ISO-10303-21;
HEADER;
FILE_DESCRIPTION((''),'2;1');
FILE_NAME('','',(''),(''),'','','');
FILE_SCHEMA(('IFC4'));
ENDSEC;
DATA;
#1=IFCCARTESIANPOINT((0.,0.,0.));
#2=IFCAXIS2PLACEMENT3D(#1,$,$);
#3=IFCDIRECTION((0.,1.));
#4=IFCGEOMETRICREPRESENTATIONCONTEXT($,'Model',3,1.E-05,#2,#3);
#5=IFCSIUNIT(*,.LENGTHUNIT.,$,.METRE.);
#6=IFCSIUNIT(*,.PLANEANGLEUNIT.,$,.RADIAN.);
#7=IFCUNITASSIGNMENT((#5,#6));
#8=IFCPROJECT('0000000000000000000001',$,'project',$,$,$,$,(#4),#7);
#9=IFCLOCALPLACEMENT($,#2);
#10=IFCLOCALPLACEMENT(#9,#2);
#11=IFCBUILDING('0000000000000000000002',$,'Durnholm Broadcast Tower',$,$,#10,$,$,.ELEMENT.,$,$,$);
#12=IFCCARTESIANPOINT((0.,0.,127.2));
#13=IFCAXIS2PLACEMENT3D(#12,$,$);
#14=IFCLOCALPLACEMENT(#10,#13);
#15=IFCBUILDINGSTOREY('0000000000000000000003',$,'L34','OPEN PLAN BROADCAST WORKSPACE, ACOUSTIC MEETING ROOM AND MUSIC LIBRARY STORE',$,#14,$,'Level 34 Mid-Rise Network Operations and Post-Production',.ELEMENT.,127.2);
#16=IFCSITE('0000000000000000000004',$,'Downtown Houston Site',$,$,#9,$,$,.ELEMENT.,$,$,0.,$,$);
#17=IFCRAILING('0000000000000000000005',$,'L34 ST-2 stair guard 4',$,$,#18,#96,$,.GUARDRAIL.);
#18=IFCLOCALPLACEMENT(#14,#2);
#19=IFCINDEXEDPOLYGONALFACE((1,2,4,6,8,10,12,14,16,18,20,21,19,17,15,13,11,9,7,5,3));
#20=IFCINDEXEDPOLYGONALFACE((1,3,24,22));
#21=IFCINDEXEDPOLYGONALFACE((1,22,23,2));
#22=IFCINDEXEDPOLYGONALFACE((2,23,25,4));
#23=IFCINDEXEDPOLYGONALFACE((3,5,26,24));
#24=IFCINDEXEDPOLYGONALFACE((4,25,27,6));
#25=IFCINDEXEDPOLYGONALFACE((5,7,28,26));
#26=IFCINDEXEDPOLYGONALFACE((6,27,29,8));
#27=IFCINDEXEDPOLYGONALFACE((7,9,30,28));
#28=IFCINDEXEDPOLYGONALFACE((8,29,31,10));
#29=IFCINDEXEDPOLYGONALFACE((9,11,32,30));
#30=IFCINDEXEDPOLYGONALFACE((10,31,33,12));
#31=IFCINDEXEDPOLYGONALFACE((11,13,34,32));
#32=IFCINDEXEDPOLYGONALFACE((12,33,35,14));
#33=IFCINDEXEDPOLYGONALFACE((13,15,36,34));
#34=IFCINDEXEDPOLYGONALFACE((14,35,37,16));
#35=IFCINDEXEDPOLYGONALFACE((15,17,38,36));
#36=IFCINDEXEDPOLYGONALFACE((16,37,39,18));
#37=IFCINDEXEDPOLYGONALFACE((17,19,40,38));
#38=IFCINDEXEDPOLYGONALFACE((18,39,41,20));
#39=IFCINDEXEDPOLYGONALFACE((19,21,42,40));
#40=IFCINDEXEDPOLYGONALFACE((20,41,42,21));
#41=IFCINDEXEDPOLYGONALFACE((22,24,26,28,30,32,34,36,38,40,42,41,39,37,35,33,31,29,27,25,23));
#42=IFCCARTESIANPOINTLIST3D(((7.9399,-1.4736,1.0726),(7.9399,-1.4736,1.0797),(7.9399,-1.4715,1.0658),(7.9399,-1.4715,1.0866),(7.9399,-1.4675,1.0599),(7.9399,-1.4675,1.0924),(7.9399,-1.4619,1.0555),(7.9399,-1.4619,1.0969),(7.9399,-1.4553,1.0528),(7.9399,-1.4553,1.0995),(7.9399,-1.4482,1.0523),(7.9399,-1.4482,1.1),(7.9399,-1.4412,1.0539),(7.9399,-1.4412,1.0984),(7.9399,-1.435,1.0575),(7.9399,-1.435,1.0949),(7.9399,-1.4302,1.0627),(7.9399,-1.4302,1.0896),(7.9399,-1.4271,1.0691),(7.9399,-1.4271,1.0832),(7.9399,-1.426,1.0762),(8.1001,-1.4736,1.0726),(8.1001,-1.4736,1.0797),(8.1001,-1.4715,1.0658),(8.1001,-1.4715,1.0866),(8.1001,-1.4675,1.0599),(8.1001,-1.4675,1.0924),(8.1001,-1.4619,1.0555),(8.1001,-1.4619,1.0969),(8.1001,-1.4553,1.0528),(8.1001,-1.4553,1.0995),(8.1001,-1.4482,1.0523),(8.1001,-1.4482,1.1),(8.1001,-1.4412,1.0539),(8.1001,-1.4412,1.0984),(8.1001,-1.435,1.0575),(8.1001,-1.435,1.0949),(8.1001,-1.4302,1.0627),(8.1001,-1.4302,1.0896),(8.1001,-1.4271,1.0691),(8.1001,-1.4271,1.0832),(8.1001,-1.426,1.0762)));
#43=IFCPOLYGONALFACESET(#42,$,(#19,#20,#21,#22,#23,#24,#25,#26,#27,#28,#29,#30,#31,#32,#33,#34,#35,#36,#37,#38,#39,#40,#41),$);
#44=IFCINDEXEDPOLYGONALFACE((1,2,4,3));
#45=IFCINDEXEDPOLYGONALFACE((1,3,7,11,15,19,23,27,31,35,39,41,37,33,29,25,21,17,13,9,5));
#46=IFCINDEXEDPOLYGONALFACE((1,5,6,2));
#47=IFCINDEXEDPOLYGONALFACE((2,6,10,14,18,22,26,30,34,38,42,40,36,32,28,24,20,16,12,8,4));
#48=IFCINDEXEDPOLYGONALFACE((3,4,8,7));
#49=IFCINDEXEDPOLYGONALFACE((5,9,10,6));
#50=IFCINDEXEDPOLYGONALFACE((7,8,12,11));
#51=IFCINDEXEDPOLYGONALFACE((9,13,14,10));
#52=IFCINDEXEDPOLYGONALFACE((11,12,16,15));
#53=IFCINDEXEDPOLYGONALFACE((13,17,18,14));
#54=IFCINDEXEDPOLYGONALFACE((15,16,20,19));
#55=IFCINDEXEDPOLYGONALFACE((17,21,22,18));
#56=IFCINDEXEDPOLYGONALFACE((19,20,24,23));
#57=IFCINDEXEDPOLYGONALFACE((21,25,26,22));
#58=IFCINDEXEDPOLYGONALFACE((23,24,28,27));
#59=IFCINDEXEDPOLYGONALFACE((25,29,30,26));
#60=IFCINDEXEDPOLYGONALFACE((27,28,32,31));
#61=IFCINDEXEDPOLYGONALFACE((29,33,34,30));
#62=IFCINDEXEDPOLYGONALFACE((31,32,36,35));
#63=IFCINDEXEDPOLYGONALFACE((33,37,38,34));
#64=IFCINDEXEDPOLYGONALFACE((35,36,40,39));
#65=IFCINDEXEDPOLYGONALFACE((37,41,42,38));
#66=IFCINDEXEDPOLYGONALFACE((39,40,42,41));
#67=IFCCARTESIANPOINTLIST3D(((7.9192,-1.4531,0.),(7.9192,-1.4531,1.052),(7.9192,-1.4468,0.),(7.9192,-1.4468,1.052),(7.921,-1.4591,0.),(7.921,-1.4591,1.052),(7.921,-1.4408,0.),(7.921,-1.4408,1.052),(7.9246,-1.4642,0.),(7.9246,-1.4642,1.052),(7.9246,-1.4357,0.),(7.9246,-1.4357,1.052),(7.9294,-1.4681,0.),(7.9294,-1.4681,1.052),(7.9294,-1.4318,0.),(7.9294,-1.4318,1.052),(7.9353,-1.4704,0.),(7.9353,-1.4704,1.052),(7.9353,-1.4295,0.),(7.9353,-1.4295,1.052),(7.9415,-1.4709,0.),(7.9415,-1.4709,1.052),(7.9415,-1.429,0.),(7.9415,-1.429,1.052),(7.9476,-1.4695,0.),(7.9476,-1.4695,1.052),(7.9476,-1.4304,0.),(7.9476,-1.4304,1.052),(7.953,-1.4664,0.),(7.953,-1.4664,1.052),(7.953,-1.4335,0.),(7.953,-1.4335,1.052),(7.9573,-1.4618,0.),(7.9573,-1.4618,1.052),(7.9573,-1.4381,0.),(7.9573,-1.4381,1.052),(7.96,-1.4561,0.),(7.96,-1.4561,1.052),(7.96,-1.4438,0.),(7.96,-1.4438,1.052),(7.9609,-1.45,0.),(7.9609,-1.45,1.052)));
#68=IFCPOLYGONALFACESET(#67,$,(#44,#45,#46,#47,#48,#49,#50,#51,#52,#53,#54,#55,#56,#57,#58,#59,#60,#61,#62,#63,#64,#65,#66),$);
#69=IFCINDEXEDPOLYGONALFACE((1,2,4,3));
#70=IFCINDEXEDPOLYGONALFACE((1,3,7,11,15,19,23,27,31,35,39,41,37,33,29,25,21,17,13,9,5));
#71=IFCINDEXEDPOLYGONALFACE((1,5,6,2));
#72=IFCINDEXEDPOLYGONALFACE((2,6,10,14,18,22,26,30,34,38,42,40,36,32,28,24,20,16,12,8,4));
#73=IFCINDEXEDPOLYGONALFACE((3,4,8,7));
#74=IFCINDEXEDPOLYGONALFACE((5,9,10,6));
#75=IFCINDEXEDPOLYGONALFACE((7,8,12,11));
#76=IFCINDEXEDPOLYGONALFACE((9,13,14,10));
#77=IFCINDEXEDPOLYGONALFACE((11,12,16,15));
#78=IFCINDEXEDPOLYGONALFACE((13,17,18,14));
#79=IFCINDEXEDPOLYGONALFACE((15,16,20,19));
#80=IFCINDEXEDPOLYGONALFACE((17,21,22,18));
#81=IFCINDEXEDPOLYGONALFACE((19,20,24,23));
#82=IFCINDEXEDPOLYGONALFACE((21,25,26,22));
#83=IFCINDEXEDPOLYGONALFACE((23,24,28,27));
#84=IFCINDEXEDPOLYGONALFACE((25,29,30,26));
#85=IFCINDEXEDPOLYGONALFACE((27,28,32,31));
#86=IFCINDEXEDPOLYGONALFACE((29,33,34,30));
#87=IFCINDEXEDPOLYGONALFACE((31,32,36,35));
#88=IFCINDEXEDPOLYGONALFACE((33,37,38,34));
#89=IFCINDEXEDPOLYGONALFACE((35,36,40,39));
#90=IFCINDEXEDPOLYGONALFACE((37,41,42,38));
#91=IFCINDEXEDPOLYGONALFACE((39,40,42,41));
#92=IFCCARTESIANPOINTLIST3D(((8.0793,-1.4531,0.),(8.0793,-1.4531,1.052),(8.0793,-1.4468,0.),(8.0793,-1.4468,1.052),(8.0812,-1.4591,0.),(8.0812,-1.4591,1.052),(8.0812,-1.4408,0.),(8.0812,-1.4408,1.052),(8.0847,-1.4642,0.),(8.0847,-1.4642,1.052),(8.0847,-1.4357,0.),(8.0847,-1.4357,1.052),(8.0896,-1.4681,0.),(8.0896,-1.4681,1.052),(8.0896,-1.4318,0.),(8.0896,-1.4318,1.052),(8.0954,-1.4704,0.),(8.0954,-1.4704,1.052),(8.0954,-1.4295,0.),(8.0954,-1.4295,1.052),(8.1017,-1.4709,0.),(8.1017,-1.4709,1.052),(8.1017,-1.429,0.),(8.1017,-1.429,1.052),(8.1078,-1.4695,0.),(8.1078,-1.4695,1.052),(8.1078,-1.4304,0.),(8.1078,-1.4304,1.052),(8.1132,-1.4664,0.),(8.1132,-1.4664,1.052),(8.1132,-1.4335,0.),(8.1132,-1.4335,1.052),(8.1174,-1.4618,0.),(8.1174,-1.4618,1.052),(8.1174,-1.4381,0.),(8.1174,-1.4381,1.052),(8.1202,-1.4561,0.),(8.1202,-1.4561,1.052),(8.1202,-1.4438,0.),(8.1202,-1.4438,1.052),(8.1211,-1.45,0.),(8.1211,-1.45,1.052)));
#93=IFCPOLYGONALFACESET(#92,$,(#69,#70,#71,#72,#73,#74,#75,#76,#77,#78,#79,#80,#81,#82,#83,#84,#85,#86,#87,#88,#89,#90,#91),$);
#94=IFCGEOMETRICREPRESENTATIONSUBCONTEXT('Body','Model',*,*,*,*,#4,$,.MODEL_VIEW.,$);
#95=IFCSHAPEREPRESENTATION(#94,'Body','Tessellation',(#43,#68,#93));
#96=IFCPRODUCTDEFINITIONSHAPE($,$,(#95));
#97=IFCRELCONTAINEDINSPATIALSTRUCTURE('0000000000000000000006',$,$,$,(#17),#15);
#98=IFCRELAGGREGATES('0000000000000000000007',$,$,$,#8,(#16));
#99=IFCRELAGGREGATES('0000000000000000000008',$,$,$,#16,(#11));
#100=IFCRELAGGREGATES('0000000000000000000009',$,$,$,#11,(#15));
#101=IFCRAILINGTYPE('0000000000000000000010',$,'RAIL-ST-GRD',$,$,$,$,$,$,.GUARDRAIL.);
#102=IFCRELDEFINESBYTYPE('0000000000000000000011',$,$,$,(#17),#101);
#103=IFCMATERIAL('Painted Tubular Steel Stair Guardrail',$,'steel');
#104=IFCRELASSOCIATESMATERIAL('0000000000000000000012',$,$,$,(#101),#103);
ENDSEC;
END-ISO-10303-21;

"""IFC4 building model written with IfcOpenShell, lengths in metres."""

from ifc_helpers import new_model, si_unit, direction, frame, origin, origin_2d, place, context, subcontext, project, spatial, circle, extrude, material, type_object, element, save


model = new_model("IFC4")

# Units and contexts
model_context = context("Model", 3, precision=1e-05, world=origin(), true_north=direction((0.0, 1.0)))
body_context = subcontext(model_context, "Body", "Model", "MODEL_VIEW")
ifc_project = project(units=[si_unit("LENGTHUNIT", "METRE"), si_unit("PLANEANGLEUNIT", "RADIAN")], contexts=[model_context])

# Site, building, storey
site_placement = place(None, origin())
site = spatial("IfcSite", under=ifc_project, at=site_placement, Name="Downtown Houston Site", CompositionType="ELEMENT", RefElevation=0.0)
building_placement = place(site_placement, origin())
building = spatial("IfcBuilding", under=site, at=building_placement, Name="Durnholm Broadcast Tower", CompositionType="ELEMENT")
storey_placement = place(building_placement, frame((0.0, 0.0, 127.2)))
storey = spatial("IfcBuildingStorey", under=building, at=storey_placement, Name="L34", Description="OPEN PLAN BROADCAST WORKSPACE, ACOUSTIC MEETING ROOM AND MUSIC LIBRARY STORE", LongName="Level 34 Mid-Rise Network Operations and Post-Production", CompositionType="ELEMENT", Elevation=127.2)

# Railing
ifc_material_1 = material(Name="Painted Tubular Steel Stair Guardrail", Category="steel")
railing_type_1 = type_object("IfcRailingType", Name="RAIL-ST-GRD", PredefinedType="GUARDRAIL", material=ifc_material_1)
railing_1_placement = place(storey_placement, frame((7.9399, -1.45, 0.0)))
element("IfcRailing", 1, at=railing_1_placement, inside=storey, type_object=railing_type_1, Name="L34 ST-2 stair guard 4", PredefinedType="GUARDRAIL", context=body_context, shape_type="SweptSolid", body=[
    extrude(circle(Radius=0.0239, at=origin_2d()), frame((0.0, 0.0, 1.0762), z_axis=(1.0, 0.0, 0.0), x_axis=(0.0, 1.0, 0.0)), (0.0, 0.0, 1.0), 0.1602),
    extrude(circle(Radius=0.021, at=origin_2d()), origin(), (0.0, 0.0, 1.0), 1.052),
    extrude(circle(Radius=0.021, at=origin_2d()), frame((0.1602, 0.0, 0.0)), (0.0, 0.0, 1.0), 1.052),
])

save(model, "model.ifc")
